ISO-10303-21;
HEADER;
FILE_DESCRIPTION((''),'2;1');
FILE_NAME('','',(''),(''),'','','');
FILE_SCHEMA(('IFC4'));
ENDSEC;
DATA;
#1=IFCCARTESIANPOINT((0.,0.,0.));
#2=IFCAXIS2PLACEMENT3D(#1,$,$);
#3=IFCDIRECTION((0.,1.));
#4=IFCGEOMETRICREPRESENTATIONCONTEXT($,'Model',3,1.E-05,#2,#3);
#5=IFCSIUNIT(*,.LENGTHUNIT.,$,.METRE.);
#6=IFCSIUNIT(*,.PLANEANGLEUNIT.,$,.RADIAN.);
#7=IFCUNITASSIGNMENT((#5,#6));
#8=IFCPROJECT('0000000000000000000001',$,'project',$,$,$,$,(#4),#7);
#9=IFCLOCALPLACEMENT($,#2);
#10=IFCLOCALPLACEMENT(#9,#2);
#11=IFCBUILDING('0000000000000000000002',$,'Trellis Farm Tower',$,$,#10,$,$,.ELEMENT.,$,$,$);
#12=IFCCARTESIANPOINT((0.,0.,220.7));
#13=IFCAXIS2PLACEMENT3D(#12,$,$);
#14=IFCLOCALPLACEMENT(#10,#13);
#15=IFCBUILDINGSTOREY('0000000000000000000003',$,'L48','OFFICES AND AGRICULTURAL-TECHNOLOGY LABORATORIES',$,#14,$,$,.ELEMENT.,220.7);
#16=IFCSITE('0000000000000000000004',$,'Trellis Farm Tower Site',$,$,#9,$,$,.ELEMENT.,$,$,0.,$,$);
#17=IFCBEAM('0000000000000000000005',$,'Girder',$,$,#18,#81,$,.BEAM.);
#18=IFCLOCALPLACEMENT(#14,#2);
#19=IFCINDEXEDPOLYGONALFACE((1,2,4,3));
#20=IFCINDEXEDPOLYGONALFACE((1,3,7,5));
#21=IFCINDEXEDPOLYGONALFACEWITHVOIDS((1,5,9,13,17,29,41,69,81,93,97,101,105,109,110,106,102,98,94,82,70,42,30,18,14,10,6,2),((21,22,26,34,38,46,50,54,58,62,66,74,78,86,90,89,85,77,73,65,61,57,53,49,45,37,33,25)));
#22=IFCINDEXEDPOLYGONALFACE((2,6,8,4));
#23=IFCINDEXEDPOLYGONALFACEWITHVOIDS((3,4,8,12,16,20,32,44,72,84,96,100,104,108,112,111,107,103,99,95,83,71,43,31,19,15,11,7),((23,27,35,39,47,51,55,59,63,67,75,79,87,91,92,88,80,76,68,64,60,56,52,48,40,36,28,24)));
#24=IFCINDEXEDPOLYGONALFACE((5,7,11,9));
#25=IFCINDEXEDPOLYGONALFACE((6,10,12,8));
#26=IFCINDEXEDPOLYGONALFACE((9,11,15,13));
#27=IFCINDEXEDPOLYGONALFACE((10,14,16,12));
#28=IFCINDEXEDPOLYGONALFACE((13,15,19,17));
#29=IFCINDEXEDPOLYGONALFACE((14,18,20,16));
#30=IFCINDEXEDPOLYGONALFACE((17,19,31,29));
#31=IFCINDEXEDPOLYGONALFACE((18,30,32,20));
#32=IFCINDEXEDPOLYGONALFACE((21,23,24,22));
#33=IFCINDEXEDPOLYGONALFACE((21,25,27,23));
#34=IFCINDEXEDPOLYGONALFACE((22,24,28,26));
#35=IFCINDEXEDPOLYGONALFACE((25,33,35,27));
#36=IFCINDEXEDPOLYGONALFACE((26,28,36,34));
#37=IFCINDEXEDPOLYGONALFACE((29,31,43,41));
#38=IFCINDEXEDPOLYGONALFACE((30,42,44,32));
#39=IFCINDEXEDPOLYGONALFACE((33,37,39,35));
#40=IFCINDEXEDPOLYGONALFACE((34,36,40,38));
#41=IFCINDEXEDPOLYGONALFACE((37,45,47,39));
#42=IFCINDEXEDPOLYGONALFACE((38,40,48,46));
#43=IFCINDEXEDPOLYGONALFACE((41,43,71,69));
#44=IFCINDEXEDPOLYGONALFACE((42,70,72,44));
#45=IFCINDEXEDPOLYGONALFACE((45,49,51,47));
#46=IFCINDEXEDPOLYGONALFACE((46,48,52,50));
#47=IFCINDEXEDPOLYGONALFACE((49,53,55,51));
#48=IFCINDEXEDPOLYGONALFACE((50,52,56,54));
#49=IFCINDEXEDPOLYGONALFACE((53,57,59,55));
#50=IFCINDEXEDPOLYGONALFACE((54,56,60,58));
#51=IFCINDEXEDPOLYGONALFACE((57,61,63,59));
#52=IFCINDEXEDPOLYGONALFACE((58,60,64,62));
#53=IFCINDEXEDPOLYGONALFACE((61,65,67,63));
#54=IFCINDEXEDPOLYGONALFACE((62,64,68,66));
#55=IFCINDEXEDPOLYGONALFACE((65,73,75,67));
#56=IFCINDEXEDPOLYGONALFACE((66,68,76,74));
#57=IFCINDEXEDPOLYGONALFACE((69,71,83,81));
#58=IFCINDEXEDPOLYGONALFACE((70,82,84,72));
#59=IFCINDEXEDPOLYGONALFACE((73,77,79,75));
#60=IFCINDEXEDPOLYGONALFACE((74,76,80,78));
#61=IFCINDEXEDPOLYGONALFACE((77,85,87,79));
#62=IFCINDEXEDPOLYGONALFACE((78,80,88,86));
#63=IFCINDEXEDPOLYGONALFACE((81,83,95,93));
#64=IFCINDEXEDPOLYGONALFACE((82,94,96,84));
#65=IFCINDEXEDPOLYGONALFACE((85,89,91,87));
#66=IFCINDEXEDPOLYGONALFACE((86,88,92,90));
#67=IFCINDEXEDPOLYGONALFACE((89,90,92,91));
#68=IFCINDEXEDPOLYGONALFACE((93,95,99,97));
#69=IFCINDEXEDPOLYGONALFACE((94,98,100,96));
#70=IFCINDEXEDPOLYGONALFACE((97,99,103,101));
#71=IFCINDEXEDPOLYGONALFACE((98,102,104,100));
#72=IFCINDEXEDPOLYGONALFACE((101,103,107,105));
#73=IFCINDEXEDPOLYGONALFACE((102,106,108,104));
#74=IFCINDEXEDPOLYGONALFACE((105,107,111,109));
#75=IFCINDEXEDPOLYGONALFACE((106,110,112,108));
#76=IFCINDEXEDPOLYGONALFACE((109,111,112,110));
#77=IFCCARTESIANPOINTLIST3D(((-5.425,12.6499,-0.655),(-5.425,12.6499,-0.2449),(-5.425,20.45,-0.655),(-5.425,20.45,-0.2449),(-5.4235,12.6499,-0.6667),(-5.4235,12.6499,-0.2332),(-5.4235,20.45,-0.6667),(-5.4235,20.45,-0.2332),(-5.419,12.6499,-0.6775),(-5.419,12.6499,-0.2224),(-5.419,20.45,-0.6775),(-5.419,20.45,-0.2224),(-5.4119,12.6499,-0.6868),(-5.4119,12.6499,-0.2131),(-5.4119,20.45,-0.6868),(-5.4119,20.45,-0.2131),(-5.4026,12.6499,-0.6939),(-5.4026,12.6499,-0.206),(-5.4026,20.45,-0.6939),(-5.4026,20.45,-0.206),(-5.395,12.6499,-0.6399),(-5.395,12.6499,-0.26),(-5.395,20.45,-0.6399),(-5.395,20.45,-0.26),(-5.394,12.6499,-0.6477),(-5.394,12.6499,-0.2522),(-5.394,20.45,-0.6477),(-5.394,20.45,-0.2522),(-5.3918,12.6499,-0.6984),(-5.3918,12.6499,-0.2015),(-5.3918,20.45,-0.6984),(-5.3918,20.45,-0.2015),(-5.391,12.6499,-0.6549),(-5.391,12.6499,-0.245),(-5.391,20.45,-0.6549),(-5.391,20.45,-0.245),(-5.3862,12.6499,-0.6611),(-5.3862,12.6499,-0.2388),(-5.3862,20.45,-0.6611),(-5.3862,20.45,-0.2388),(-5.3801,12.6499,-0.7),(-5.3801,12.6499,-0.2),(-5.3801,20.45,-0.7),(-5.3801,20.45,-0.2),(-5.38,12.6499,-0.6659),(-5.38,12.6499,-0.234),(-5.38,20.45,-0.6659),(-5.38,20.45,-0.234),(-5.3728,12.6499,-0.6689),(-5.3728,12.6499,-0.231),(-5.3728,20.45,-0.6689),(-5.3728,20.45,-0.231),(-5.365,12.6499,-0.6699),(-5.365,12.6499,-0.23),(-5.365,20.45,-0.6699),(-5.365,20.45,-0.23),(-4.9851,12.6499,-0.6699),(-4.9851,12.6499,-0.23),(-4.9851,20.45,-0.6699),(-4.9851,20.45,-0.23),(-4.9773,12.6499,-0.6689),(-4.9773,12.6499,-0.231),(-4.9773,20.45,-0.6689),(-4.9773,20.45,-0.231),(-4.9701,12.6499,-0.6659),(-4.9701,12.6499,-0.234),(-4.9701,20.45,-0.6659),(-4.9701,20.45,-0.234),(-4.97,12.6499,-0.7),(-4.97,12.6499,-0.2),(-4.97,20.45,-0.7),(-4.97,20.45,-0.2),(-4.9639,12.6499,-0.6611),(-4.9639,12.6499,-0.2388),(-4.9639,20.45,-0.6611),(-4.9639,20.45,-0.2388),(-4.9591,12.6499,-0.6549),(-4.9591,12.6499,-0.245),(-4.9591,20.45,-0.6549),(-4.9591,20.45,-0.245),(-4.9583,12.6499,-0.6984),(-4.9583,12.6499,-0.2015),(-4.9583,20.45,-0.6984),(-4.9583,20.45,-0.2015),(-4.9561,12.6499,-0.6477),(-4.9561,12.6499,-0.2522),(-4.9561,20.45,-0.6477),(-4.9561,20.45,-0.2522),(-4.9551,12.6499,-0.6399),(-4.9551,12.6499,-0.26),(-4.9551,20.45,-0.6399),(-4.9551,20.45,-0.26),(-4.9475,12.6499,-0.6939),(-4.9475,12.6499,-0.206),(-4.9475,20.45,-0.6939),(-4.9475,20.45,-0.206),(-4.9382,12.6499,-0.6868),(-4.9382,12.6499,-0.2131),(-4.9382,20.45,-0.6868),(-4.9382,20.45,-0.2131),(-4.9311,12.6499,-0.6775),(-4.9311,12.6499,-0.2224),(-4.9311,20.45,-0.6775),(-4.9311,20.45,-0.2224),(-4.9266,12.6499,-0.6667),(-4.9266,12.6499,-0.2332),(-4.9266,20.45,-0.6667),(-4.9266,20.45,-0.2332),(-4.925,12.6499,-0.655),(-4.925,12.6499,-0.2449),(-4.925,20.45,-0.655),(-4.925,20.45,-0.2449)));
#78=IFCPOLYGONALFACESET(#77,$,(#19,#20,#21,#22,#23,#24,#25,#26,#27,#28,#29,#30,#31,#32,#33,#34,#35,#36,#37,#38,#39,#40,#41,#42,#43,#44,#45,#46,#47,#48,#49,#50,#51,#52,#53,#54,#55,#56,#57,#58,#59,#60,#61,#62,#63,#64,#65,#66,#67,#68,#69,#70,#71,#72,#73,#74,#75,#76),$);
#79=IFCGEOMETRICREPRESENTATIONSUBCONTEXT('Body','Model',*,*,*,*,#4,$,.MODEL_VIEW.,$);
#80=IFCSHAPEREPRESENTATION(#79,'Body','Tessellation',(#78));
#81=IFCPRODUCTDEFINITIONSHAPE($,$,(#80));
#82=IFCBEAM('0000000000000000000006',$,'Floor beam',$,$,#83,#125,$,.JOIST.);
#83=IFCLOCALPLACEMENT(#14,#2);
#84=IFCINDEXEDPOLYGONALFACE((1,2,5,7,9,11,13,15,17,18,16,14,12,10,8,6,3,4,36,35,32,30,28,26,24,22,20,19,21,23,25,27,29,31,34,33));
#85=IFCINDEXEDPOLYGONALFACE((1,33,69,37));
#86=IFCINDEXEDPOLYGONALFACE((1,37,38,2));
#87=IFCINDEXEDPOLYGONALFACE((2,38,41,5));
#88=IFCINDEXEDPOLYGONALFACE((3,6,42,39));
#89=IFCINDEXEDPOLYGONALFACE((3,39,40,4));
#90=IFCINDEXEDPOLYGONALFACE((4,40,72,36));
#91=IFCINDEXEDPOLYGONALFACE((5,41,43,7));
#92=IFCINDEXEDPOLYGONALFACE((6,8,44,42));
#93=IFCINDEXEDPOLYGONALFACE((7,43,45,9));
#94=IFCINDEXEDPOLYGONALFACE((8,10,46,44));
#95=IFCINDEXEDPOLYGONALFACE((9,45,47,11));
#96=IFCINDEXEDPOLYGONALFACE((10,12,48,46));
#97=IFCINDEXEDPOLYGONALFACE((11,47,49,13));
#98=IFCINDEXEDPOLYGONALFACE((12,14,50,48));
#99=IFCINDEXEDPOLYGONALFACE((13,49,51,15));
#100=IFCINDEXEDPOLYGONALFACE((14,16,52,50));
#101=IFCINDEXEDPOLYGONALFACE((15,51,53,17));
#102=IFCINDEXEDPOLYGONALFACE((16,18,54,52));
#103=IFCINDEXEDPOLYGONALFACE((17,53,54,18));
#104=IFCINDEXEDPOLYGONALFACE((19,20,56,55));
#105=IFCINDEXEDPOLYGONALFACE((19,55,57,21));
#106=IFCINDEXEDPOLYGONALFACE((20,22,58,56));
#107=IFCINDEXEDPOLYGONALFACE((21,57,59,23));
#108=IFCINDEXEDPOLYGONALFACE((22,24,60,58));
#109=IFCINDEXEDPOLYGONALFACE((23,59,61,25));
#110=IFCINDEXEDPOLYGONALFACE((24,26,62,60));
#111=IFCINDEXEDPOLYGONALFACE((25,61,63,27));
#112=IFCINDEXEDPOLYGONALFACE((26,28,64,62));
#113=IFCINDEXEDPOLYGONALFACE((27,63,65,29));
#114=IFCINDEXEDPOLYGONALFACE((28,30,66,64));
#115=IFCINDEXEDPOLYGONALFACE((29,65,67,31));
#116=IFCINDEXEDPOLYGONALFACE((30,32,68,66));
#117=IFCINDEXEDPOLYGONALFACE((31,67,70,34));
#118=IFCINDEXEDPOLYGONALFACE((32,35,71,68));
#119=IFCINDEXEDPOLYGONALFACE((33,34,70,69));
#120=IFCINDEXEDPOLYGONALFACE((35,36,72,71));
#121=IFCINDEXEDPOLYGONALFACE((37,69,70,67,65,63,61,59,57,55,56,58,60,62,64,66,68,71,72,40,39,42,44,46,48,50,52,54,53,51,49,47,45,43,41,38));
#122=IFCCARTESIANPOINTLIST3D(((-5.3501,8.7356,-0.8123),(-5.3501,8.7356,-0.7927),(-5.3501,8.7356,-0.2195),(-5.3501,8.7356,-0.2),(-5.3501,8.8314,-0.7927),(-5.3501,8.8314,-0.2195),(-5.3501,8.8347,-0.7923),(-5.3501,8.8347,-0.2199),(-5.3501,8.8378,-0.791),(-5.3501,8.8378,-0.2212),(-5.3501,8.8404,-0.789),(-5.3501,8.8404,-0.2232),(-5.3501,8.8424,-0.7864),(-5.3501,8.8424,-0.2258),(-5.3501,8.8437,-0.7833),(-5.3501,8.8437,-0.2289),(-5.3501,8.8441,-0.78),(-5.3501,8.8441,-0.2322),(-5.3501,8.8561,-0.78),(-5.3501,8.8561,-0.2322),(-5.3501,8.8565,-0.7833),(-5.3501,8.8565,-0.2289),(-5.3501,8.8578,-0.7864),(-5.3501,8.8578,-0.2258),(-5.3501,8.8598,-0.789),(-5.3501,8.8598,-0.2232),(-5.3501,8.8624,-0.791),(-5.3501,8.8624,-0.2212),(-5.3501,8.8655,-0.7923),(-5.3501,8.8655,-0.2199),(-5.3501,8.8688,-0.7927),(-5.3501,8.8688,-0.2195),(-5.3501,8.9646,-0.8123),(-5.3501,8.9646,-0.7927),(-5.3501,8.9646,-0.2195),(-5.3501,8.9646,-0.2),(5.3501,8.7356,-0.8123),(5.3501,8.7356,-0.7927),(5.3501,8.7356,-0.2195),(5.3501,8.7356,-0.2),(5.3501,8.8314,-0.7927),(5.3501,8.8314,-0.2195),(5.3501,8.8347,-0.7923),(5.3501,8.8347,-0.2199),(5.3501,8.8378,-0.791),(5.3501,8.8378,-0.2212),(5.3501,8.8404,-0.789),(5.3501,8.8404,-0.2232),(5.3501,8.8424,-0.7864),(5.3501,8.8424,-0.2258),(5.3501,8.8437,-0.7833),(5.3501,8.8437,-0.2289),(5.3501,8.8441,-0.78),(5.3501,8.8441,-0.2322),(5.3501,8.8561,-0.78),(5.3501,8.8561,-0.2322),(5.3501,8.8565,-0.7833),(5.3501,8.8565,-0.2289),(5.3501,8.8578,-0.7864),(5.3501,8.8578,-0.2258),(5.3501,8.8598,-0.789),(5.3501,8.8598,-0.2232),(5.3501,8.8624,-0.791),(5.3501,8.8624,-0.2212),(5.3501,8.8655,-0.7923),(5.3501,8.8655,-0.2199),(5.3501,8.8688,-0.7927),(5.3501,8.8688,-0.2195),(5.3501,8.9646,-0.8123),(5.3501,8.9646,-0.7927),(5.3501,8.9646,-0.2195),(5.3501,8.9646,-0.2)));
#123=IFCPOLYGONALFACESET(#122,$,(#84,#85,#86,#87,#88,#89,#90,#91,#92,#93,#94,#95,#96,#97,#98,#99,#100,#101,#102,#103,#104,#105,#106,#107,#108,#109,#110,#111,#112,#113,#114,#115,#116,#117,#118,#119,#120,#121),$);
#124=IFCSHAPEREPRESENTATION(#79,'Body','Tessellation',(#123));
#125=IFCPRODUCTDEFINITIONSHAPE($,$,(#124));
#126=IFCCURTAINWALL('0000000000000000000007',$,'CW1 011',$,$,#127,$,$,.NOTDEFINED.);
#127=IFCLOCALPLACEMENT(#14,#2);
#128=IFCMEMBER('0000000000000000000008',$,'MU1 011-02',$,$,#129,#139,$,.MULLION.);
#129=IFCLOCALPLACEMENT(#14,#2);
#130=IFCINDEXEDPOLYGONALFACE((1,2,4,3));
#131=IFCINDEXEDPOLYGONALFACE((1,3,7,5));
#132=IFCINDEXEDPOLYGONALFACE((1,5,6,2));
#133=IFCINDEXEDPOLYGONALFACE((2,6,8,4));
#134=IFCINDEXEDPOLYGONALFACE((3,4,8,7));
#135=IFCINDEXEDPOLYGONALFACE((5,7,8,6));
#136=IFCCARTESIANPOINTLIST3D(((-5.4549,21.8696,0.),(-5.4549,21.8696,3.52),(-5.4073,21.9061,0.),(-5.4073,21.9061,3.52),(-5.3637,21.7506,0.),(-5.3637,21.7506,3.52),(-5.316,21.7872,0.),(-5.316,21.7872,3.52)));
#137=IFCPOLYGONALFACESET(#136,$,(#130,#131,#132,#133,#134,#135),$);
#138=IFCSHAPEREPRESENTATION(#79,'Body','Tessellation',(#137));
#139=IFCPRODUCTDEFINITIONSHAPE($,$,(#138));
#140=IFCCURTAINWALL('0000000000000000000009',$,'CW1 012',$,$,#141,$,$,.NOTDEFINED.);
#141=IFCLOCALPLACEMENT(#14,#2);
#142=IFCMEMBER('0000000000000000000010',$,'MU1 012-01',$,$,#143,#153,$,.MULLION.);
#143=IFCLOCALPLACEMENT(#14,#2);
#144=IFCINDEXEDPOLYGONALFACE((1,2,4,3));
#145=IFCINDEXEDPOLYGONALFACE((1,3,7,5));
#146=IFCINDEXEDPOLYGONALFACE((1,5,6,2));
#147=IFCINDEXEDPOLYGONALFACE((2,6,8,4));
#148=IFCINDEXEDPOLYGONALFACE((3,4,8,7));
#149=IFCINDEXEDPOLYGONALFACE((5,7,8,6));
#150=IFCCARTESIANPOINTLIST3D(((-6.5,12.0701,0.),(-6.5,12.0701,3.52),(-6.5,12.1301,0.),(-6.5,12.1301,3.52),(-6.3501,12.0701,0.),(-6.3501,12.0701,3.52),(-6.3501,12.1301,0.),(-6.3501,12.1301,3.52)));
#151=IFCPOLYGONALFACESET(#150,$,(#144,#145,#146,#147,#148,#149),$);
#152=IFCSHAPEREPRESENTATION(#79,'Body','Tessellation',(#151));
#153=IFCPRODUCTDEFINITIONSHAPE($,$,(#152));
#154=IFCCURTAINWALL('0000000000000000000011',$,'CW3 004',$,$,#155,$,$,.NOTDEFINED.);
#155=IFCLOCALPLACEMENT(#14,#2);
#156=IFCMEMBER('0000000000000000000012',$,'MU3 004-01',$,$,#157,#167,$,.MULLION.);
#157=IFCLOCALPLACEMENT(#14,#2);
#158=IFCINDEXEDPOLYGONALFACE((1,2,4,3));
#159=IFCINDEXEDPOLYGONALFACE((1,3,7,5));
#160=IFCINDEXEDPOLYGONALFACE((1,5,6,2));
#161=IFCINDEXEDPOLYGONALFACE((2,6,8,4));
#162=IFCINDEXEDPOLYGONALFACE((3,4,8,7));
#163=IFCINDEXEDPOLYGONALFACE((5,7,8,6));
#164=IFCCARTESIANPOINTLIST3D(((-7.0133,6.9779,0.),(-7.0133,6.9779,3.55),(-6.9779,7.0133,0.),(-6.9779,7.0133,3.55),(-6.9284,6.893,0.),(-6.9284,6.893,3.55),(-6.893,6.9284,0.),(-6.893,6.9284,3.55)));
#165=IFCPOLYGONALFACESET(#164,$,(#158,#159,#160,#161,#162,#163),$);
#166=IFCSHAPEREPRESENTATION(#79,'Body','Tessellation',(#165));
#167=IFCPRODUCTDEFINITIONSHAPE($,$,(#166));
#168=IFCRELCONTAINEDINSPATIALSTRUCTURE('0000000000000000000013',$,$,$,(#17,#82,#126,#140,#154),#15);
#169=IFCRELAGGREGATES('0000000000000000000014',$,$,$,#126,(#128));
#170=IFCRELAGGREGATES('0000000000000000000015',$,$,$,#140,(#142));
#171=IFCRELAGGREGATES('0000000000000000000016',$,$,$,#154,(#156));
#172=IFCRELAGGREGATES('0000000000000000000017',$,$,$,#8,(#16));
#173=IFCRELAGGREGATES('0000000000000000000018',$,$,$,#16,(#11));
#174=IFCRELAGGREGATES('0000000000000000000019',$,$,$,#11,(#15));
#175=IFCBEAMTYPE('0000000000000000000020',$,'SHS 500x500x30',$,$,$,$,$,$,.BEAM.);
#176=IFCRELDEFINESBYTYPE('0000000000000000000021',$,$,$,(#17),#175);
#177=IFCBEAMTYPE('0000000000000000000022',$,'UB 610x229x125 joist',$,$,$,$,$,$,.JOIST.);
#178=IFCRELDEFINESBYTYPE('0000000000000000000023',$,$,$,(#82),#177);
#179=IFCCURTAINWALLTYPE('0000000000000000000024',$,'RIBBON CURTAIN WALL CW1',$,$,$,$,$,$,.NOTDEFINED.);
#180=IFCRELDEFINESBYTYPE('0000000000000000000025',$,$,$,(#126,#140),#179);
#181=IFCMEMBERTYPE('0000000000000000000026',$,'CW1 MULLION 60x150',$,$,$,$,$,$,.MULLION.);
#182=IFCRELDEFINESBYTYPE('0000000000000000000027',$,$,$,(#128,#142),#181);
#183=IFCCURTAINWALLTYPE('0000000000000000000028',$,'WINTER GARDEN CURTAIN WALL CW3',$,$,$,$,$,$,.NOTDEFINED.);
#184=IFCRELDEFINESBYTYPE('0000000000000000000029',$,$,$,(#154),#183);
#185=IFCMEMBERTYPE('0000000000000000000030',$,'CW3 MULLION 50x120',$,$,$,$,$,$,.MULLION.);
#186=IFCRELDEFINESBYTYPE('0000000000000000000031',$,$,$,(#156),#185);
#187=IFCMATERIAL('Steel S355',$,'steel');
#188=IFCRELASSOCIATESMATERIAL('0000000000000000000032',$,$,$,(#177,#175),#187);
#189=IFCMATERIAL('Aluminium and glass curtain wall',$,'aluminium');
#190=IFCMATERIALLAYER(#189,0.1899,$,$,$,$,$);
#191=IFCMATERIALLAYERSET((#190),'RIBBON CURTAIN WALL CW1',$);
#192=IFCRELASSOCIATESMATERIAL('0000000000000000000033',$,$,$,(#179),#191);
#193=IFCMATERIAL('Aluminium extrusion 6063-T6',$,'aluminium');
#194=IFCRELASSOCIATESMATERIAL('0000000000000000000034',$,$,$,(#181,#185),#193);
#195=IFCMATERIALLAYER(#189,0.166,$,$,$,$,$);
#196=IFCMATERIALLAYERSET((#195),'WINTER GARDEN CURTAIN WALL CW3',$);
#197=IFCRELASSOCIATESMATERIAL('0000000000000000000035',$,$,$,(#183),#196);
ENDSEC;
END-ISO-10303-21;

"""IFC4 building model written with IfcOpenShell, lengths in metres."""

from ifc_helpers import new_model, si_unit, direction, frame, origin, origin_2d, place, context, subcontext, project, spatial, rectangle, hollow_rectangle, i_section, extrude, source, transform, mapped, material, layer, layer_set, material_profile, profile_set, type_object, element, aggregate, save


model = new_model("IFC4")

# Units and contexts
model_context = context("Model", 3, precision=1e-05, world=origin(), true_north=direction((0.0, 1.0)))
body_context = subcontext(model_context, "Body", "Model", "MODEL_VIEW")
ifc_project = project(units=[si_unit("LENGTHUNIT", "METRE"), si_unit("PLANEANGLEUNIT", "RADIAN")], contexts=[model_context])

# Site, building, storey
site_placement = place(None, origin())
site = spatial("IfcSite", under=ifc_project, at=site_placement, Name="Trellis Farm Tower Site", CompositionType="ELEMENT", RefElevation=0.0)
building_placement = place(site_placement, origin())
building = spatial("IfcBuilding", under=site, at=building_placement, Name="Trellis Farm Tower", CompositionType="ELEMENT")
storey_placement = place(building_placement, frame((0.0, 0.0, 220.7)))
storey = spatial("IfcBuildingStorey", under=building, at=storey_placement, Name="L48", Description="OFFICES AND AGRICULTURAL-TECHNOLOGY LABORATORIES", CompositionType="ELEMENT", Elevation=220.7)

# Beams
ifc_material_1 = material(Name="Steel S355", Category="steel")
ifc_material_profile_1 = material_profile(ifc_material_1, i_section(OverallWidth=0.229, OverallDepth=0.6123, WebThickness=0.012, FlangeThickness=0.0195, FilletRadius=0.0127, at=origin_2d()), Name="UB 610x229x125")
ifc_profile_set_1 = profile_set([ifc_material_profile_1], Name="Steel S355")
beam_type_1 = type_object("IfcBeamType", Name="UB 610x229x125 joist", PredefinedType="JOIST", material=ifc_profile_set_1)
ifc_material_profile_2 = material_profile(ifc_material_1, hollow_rectangle(XDim=0.5, YDim=0.5, WallThickness=0.03, InnerFilletRadius=0.03, OuterFilletRadius=0.0449, at=origin_2d()), Name="SHS 500x500x30")
ifc_profile_set_2 = profile_set([ifc_material_profile_2], Name="Steel S355")
beam_type_2 = type_object("IfcBeamType", Name="SHS 500x500x30", PredefinedType="BEAM", material=ifc_profile_set_2)
shared_shape_1 = source(origin(), body_context, "Body", "SweptSolid", [
    extrude(hollow_rectangle(XDim=0.5, YDim=0.5, WallThickness=0.03, InnerFilletRadius=0.03, OuterFilletRadius=0.0449, at=origin_2d()), origin(), (0.0, 0.0, 1.0), 7.8),
])
beam_1_placement = place(storey_placement, frame((-5.175, 12.6499, -0.45), z_axis=(0.0, 1.0, 0.0), x_axis=(-1.0, 0.0, 0.0)))
element("IfcBeam", 1, at=beam_1_placement, inside=storey, type_object=beam_type_2, Name="Girder", PredefinedType="BEAM", context=body_context, shape_type="MappedRepresentation", body=[
    mapped(shared_shape_1, transform((0.0, 0.0, 0.0))),
])
shared_shape_2 = source(origin(), body_context, "Body", "SweptSolid", [
    extrude(i_section(OverallWidth=0.229, OverallDepth=0.6123, WebThickness=0.012, FlangeThickness=0.0195, FilletRadius=0.0127, at=origin_2d()), origin(), (0.0, 0.0, 1.0), 10.7002),
])
beam_2_placement = place(storey_placement, frame((-5.3501, 8.8501, -0.5061), z_axis=(1.0, 0.0, 0.0), x_axis=(0.0, 1.0, 0.0)))
element("IfcBeam", 2, at=beam_2_placement, inside=storey, type_object=beam_type_1, Name="Floor beam", PredefinedType="JOIST", context=body_context, shape_type="MappedRepresentation", body=[
    mapped(shared_shape_2, transform((0.0, 0.0, 0.0))),
])

# Curtain walls, members
ifc_material_2 = material(Name="Aluminium and glass curtain wall", Category="aluminium")
ifc_layer_1 = layer(ifc_material_2, 0.1899)
ifc_layer_set_1 = layer_set([ifc_layer_1], Name="RIBBON CURTAIN WALL CW1")
curtain_wall_type_1 = type_object("IfcCurtainWallType", Name="RIBBON CURTAIN WALL CW1", PredefinedType="NOTDEFINED", material=ifc_layer_set_1)
placement = place(storey_placement, origin())
curtain_wall_1 = element("IfcCurtainWall", 3, at=placement, inside=storey, type_object=curtain_wall_type_1, Name="CW1 011", PredefinedType="NOTDEFINED")
ifc_material_3 = material(Name="Aluminium extrusion 6063-T6", Category="aluminium")
ifc_material_profile_3 = material_profile(ifc_material_3, rectangle(XDim=0.0601, YDim=0.1499, at=origin_2d()), Name="MULLION 60x150")
ifc_profile_set_3 = profile_set([ifc_material_profile_3], Name="Aluminium extrusion 6063-T6")
member_type_1 = type_object("IfcMemberType", Name="CW1 MULLION 60x150", PredefinedType="MULLION", material=ifc_profile_set_3)
shared_shape_3 = source(origin(), body_context, "Body", "SweptSolid", [
    extrude(rectangle(XDim=0.0601, YDim=0.1499, at=origin_2d()), origin(), (0.0, 0.0, 1.0), 3.52),
])
member_1_placement = place(storey_placement, frame((-5.3855, 21.8284, 0.0), z_axis=(0.0, 0.0, 1.0), x_axis=(-0.793353, -0.608761, 0.0)))
member_1 = element("IfcMember", 4, at=member_1_placement, type_object=member_type_1, Name="MU1 011-02", PredefinedType="MULLION", context=body_context, shape_type="MappedRepresentation", body=[
    mapped(shared_shape_3, transform((0.0, 0.0, 0.0))),
])
aggregate(curtain_wall_1, [member_1])
curtain_wall_2 = element("IfcCurtainWall", 5, at=placement, inside=storey, type_object=curtain_wall_type_1, Name="CW1 012", PredefinedType="NOTDEFINED")
member_2_placement = place(storey_placement, frame((-6.425, 12.1001, 0.0), z_axis=(0.0, 0.0, 1.0), x_axis=(0.0, -1.0, 0.0)))
member_2 = element("IfcMember", 6, at=member_2_placement, type_object=member_type_1, Name="MU1 012-01", PredefinedType="MULLION", context=body_context, shape_type="MappedRepresentation", body=[
    mapped(shared_shape_3, transform((0.0, 0.0, 0.0))),
])
aggregate(curtain_wall_2, [member_2])
ifc_layer_2 = layer(ifc_material_2, 0.166)
ifc_layer_set_2 = layer_set([ifc_layer_2], Name="WINTER GARDEN CURTAIN WALL CW3")
curtain_wall_type_2 = type_object("IfcCurtainWallType", Name="WINTER GARDEN CURTAIN WALL CW3", PredefinedType="NOTDEFINED", material=ifc_layer_set_2)
curtain_wall_3 = element("IfcCurtainWall", 7, at=placement, inside=storey, type_object=curtain_wall_type_2, Name="CW3 004", PredefinedType="NOTDEFINED")
ifc_material_profile_4 = material_profile(ifc_material_3, rectangle(XDim=0.05, YDim=0.1201, at=origin_2d()), Name="MULLION 50x120")
ifc_profile_set_4 = profile_set([ifc_material_profile_4], Name="Aluminium extrusion 6063-T6")
member_type_2 = type_object("IfcMemberType", Name="CW3 MULLION 50x120", PredefinedType="MULLION", material=ifc_profile_set_4)
shared_shape_4 = source(origin(), body_context, "Body", "SweptSolid", [
    extrude(rectangle(XDim=0.05, YDim=0.1201, at=origin_2d()), origin(), (0.0, 0.0, 1.0), 3.55),
])
member_3_placement = place(storey_placement, frame((-6.9531, 6.9531, 0.0), z_axis=(0.0, 0.0, 1.0), x_axis=(-0.707107, -0.707107, 0.0)))
member_3 = element("IfcMember", 8, at=member_3_placement, type_object=member_type_2, Name="MU3 004-01", PredefinedType="MULLION", context=body_context, shape_type="MappedRepresentation", body=[
    mapped(shared_shape_4, transform((0.0, 0.0, 0.0))),
])
aggregate(curtain_wall_3, [member_3])

save(model, "model.ifc")
